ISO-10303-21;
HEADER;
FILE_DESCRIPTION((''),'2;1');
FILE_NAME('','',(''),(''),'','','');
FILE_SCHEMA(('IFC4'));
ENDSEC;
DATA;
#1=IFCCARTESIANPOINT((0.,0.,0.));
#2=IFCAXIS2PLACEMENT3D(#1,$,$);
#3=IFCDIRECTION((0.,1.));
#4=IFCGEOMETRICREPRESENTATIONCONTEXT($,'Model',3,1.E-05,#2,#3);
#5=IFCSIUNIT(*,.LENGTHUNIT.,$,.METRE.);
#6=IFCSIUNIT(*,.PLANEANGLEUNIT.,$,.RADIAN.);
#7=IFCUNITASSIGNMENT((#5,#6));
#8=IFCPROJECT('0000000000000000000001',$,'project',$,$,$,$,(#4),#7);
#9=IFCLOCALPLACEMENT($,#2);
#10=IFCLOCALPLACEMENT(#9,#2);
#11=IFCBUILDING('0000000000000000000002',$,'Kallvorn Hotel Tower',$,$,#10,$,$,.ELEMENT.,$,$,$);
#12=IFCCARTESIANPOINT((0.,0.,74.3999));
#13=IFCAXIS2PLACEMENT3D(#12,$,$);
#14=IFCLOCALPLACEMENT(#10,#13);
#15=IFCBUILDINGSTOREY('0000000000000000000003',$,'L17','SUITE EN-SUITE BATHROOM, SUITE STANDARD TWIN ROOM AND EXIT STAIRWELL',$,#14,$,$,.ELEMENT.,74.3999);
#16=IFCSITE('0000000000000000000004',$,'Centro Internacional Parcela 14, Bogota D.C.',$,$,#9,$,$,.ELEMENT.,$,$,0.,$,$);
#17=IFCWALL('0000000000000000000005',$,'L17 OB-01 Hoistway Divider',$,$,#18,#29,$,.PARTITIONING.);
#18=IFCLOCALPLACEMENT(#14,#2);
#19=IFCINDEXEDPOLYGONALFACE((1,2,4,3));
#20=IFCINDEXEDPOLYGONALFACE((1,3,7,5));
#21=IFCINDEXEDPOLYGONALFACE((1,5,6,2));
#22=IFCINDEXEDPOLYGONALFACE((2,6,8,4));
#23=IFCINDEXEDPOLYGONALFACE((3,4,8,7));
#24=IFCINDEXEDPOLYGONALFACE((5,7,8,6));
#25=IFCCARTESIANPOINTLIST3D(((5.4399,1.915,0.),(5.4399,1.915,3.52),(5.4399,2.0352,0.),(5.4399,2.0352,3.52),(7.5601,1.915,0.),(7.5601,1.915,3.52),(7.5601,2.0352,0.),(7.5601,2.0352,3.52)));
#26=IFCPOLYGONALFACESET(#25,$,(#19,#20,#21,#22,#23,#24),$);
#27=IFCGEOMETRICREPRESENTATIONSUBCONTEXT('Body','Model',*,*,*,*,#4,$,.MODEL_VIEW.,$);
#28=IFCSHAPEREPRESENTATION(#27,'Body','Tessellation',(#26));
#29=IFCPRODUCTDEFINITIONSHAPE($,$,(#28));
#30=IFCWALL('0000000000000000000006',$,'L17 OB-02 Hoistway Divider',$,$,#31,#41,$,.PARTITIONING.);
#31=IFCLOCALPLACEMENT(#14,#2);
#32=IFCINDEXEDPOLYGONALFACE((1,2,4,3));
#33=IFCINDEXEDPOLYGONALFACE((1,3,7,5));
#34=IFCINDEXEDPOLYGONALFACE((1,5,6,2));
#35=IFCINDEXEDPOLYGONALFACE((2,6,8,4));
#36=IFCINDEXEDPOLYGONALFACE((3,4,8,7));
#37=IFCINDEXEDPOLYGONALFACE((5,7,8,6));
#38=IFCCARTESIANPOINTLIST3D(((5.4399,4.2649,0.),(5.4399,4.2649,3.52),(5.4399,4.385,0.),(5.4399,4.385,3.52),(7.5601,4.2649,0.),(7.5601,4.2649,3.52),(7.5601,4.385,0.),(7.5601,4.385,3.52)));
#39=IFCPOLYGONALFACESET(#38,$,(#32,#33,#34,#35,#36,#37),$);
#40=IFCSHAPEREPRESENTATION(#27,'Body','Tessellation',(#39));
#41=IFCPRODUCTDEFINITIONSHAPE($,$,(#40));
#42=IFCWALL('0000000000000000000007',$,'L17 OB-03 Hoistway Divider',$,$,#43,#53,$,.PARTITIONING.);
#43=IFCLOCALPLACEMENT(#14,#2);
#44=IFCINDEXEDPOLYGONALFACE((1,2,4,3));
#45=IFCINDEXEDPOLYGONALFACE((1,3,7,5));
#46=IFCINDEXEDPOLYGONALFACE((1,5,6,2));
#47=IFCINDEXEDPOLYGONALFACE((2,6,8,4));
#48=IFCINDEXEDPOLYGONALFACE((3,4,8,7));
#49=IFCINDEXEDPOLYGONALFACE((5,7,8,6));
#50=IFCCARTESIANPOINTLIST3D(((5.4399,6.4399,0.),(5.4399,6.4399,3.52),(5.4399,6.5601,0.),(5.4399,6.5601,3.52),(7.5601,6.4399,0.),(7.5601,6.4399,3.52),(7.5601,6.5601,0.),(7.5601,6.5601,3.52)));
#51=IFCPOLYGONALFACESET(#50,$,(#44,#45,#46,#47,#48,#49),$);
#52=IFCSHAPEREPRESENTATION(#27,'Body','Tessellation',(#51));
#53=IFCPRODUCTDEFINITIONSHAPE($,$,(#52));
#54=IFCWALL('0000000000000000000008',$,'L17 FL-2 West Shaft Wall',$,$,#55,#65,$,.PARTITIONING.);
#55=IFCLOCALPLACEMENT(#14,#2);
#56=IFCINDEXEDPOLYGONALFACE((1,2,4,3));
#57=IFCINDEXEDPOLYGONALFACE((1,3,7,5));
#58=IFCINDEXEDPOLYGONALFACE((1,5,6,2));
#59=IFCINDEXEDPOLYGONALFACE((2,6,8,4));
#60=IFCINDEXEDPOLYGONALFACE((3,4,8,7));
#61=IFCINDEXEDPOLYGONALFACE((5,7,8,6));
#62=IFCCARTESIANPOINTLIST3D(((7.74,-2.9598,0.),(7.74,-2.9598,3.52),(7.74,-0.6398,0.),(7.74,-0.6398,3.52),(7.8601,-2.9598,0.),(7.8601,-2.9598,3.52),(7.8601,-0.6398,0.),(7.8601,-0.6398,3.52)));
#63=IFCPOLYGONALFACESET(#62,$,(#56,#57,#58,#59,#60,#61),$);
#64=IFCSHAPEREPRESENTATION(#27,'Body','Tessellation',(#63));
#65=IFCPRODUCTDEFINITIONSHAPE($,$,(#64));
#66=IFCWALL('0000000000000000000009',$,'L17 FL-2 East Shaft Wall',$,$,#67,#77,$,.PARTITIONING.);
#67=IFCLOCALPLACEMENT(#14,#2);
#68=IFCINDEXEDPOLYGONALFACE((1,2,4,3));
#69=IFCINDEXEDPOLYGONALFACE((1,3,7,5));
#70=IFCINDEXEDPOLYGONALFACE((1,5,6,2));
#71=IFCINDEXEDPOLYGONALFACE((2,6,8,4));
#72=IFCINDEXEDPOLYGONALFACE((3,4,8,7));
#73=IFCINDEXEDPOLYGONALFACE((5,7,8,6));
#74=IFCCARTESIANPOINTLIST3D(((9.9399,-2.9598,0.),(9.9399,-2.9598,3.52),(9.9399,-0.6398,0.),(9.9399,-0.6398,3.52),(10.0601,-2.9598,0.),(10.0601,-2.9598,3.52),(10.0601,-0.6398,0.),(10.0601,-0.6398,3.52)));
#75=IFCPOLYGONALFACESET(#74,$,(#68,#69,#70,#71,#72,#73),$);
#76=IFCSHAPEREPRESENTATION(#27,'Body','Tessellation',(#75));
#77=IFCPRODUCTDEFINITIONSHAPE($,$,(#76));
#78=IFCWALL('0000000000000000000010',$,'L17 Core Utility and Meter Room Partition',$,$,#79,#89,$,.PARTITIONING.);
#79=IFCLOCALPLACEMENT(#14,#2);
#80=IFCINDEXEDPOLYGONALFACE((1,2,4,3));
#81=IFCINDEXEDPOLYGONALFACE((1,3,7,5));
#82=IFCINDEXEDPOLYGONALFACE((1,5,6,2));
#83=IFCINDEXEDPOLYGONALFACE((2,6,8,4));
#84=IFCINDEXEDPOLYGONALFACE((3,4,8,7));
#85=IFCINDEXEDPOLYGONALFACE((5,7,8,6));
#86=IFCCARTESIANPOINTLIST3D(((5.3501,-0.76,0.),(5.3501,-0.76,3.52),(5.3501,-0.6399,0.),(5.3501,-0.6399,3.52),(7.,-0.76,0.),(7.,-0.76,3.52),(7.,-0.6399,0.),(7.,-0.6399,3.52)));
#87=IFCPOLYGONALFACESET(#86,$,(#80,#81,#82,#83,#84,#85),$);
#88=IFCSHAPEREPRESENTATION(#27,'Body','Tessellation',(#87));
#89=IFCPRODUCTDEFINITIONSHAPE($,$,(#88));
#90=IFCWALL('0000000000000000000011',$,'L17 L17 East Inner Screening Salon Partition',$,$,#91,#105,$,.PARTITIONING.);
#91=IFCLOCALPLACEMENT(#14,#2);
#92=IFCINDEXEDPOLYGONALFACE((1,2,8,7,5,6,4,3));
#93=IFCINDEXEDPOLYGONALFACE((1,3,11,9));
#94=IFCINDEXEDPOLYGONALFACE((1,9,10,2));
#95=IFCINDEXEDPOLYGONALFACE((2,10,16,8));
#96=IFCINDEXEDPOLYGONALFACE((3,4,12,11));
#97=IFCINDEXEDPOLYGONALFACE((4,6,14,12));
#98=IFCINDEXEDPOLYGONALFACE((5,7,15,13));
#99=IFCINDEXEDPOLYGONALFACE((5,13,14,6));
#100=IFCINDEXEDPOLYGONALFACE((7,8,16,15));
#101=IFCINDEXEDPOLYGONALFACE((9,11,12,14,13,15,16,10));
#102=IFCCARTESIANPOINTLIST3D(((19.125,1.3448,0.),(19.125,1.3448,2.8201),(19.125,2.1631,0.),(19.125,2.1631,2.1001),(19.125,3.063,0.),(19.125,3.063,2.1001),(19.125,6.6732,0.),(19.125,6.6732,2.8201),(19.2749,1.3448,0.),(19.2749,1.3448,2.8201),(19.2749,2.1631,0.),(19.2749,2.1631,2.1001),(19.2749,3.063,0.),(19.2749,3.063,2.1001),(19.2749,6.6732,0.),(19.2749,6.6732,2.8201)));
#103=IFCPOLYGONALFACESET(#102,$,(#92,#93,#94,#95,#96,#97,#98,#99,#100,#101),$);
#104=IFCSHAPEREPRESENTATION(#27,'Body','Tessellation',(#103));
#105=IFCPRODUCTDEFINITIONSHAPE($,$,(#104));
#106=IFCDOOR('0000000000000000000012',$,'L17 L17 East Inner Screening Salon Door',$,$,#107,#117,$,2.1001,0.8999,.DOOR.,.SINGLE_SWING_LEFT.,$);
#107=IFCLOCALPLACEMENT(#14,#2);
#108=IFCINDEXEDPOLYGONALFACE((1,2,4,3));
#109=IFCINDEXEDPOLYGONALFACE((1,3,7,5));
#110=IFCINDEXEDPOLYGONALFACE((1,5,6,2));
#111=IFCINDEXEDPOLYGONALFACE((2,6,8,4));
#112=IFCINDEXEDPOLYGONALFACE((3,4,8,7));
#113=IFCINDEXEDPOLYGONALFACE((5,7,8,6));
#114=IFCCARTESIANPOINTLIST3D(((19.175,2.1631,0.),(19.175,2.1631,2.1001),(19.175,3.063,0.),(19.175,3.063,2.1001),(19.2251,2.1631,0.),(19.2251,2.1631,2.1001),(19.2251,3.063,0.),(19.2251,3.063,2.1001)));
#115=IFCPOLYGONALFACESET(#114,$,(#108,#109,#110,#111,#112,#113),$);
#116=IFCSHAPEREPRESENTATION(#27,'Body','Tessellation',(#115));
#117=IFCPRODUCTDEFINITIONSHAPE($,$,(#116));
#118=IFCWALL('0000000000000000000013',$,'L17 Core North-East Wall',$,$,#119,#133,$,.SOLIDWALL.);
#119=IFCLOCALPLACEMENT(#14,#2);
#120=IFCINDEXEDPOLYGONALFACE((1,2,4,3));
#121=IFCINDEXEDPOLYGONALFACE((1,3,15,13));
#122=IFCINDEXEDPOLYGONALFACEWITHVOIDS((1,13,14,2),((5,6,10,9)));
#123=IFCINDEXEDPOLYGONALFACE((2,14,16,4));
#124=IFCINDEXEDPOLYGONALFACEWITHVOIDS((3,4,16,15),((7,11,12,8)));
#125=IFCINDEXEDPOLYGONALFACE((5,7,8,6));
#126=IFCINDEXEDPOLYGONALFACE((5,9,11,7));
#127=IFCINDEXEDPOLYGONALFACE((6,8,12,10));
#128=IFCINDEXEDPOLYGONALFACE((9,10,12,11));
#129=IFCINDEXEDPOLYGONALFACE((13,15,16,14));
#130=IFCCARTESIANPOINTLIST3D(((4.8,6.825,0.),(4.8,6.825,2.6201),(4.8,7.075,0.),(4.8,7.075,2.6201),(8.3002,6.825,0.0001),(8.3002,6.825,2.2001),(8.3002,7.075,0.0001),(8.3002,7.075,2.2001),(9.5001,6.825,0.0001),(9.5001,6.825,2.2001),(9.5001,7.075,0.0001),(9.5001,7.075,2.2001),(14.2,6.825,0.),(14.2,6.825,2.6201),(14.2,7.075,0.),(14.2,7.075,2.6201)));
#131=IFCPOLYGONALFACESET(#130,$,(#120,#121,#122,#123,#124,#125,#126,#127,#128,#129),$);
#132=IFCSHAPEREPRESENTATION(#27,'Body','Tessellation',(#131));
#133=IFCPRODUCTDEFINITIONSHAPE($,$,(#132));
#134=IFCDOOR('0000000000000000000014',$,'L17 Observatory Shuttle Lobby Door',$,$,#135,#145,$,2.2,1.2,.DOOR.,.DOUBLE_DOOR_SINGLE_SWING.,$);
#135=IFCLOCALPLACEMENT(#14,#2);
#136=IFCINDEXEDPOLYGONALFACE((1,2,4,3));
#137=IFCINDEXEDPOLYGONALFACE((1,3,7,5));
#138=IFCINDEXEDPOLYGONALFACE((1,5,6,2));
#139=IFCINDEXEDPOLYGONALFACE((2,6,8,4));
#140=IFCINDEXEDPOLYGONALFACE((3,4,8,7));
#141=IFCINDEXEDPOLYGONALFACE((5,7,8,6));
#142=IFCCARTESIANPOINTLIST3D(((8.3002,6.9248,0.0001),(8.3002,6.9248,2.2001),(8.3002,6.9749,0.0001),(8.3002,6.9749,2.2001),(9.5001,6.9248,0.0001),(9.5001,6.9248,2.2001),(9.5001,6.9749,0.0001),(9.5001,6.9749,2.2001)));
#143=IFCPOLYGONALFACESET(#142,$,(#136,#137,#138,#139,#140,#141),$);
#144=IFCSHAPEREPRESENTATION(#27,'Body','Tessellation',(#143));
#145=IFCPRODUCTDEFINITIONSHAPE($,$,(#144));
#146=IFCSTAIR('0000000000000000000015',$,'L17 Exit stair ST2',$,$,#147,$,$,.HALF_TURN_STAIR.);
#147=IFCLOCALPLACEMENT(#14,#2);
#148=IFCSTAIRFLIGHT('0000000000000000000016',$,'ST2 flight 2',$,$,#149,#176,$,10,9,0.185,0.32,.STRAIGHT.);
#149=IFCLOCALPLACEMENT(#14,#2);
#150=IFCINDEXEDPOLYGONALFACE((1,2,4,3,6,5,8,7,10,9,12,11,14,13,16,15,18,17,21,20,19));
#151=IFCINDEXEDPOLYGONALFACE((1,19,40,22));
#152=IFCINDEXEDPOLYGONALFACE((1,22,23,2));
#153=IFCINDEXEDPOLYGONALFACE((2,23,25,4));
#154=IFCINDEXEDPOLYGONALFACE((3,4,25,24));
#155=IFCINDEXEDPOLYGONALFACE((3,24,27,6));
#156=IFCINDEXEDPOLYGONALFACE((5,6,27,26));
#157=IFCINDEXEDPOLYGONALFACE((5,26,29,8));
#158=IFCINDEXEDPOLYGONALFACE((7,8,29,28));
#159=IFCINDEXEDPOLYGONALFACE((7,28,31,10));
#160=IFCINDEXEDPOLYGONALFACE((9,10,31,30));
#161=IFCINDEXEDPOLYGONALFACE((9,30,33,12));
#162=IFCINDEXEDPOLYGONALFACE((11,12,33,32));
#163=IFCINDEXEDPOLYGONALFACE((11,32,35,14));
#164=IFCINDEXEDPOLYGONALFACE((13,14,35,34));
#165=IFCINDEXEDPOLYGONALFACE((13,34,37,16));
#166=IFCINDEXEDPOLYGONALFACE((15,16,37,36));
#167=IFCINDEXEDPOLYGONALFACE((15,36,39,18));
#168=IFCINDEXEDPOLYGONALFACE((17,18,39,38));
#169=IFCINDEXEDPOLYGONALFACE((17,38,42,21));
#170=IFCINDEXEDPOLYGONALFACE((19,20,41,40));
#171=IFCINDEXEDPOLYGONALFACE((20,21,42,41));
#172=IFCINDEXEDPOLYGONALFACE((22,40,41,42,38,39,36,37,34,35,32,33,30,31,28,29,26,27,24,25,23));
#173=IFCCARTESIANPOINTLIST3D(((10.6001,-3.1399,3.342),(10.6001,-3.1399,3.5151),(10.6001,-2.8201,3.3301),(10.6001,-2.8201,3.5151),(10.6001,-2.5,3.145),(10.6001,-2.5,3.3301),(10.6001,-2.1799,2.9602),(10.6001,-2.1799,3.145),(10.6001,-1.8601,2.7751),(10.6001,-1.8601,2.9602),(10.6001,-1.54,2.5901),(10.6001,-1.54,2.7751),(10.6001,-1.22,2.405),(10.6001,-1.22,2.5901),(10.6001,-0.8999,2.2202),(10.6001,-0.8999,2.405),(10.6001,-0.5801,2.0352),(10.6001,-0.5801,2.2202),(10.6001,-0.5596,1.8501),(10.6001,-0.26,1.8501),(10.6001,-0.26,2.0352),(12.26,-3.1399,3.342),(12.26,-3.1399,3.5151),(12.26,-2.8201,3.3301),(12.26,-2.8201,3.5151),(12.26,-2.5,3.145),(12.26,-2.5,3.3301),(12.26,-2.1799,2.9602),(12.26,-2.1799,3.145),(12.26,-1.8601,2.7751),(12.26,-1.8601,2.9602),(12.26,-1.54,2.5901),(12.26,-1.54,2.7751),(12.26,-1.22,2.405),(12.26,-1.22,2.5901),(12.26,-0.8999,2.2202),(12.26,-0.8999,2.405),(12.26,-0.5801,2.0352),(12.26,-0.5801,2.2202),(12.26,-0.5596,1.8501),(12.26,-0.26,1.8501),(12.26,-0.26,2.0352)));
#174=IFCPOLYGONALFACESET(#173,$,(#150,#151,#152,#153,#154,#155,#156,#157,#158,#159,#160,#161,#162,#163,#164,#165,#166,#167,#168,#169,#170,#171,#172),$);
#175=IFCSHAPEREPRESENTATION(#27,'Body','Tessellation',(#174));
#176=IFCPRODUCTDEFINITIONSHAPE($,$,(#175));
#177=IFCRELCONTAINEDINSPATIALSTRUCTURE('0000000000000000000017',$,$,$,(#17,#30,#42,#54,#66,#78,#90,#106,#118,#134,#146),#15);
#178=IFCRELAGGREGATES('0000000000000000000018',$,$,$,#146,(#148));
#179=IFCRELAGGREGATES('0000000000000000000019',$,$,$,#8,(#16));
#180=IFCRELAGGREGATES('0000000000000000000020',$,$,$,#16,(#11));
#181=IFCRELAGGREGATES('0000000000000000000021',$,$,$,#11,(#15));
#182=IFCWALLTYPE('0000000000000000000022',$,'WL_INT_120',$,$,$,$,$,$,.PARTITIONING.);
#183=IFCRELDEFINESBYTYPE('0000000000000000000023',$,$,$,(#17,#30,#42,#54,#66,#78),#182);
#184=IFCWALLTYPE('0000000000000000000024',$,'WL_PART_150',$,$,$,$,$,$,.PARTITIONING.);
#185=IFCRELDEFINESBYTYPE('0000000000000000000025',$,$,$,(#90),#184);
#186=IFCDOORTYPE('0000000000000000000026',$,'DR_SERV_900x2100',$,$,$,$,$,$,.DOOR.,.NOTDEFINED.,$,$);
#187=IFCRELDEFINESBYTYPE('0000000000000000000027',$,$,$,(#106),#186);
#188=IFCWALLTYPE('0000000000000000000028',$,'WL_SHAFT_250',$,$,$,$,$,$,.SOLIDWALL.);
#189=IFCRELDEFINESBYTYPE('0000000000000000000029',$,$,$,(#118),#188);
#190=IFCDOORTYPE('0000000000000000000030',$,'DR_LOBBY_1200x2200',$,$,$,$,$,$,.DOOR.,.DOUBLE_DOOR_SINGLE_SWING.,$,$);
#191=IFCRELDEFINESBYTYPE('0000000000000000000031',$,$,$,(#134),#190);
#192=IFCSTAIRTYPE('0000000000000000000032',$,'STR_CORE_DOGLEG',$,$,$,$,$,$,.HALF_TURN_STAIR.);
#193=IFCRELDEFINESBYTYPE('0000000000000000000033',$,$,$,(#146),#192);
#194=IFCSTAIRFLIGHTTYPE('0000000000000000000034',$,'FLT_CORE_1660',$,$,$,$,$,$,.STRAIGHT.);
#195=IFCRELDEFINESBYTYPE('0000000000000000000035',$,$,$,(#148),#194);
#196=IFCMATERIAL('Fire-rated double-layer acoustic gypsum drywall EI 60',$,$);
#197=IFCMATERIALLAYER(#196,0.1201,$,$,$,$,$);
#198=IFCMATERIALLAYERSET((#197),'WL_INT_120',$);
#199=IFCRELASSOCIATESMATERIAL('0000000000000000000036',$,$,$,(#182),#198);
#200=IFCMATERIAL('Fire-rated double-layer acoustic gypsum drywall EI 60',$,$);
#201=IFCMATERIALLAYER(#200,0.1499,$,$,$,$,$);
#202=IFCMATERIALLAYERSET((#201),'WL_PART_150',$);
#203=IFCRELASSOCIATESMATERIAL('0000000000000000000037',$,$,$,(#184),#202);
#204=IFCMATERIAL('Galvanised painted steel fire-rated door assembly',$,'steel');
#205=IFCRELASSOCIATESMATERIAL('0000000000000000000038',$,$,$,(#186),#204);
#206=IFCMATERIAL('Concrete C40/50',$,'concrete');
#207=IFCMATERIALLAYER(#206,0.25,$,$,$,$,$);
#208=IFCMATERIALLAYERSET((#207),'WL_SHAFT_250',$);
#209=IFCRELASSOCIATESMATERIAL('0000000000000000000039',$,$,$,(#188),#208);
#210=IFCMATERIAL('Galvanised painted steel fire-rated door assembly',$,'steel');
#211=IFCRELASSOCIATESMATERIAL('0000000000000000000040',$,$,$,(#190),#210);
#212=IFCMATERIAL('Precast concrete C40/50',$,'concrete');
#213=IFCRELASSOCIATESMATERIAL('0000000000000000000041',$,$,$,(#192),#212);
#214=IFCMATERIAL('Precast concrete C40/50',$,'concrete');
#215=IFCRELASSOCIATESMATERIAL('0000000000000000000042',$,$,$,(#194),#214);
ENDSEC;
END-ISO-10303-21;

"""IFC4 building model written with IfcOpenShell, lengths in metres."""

from ifc_helpers import new_model, si_unit, direction, frame, frame_2d, origin, place, context, subcontext, project, spatial, polyline, rectangle, outline, extrude, material, layer, layer_set, type_object, element, fill, aggregate, save


model = new_model("IFC4")

# Units and contexts
model_context = context("Model", 3, precision=1e-05, world=origin(), true_north=direction((0.0, 1.0)))
body_context = subcontext(model_context, "Body", "Model", "MODEL_VIEW")
ifc_project = project(units=[si_unit("LENGTHUNIT", "METRE"), si_unit("PLANEANGLEUNIT", "RADIAN")], contexts=[model_context])

# Site, building, storey
site_placement = place(None, origin())
site = spatial("IfcSite", under=ifc_project, at=site_placement, Name="Centro Internacional Parcela 14, Bogota D.C.", CompositionType="ELEMENT", RefElevation=0.0)
building_placement = place(site_placement, origin())
building = spatial("IfcBuilding", under=site, at=building_placement, Name="Kallvorn Hotel Tower", CompositionType="ELEMENT")
storey_placement = place(building_placement, frame((0.0, 0.0, 74.3999)))
storey = spatial("IfcBuildingStorey", under=building, at=storey_placement, Name="L17", Description="SUITE EN-SUITE BATHROOM, SUITE STANDARD TWIN ROOM AND EXIT STAIRWELL", CompositionType="ELEMENT", Elevation=74.3999)

# Walls
ifc_material_1 = material(Name="Fire-rated double-layer acoustic gypsum drywall EI 60")
ifc_layer_1 = layer(ifc_material_1, 0.1201)
ifc_layer_set_1 = layer_set([ifc_layer_1], Name="WL_INT_120")
wall_type_1 = type_object("IfcWallType", Name="WL_INT_120", PredefinedType="PARTITIONING", material=ifc_layer_set_1)
for number, where, z_axis, x_axis, name in (
    (1, (5.4399, 1.9751, 0.0), (0.0, 0.0, 1.0), (1.0, 0.0, 0.0), "L17 OB-01 Hoistway Divider"),
    (2, (5.4399, 4.325, 0.0), (0.0, 0.0, 1.0), (1.0, 0.0, 0.0), "L17 OB-02 Hoistway Divider"),
    (3, (5.4399, 6.5, 0.0), (0.0, 0.0, 1.0), (1.0, 0.0, 0.0), "L17 OB-03 Hoistway Divider"),
):
    element("IfcWall", number, at=place(storey_placement, frame(where, z_axis=z_axis, x_axis=x_axis)), inside=storey, type_object=wall_type_1, Name=name, PredefinedType="PARTITIONING", context=body_context, shape_type="SweptSolid", body=[
        extrude(rectangle(XDim=2.1201, YDim=0.1201, at=frame_2d((1.0601, 0.0))), origin(), (0.0, 0.0, 1.0), 3.52),
    ])
for number, where, z_axis, x_axis, name in (
    (4, (7.8, -2.96, 0.0), (0.0, 0.0, 1.0), (0.0, 1.0, 0.0), "L17 FL-2 West Shaft Wall"),
    (5, (10.0, -2.96, 0.0), (0.0, 0.0, 1.0), (0.0, 1.0, 0.0), "L17 FL-2 East Shaft Wall"),
):
    element("IfcWall", number, at=place(storey_placement, frame(where, z_axis=z_axis, x_axis=x_axis)), inside=storey, type_object=wall_type_1, Name=name, PredefinedType="PARTITIONING", context=body_context, shape_type="SweptSolid", body=[
        extrude(rectangle(XDim=2.3201, YDim=0.1201, at=frame_2d((1.1602, 0.0))), origin(), (0.0, 0.0, 1.0), 3.52),
    ])
wall_1_placement = place(storey_placement, frame((5.3501, -0.7, 0.0), z_axis=(0.0, 0.0, 1.0), x_axis=(1.0, 0.0, 0.0)))
element("IfcWall", 6, at=wall_1_placement, inside=storey, type_object=wall_type_1, Name="L17 Core Utility and Meter Room Partition", PredefinedType="PARTITIONING", context=body_context, shape_type="SweptSolid", body=[
    extrude(rectangle(XDim=1.6499, YDim=0.1201, at=frame_2d((0.825, 0.0))), origin(), (0.0, 0.0, 1.0), 3.52),
])

# Walls, openings, doors
ifc_material_2 = material(Name="Fire-rated double-layer acoustic gypsum drywall EI 60")
ifc_layer_2 = layer(ifc_material_2, 0.1499)
ifc_layer_set_2 = layer_set([ifc_layer_2], Name="WL_PART_150")
wall_type_2 = type_object("IfcWallType", Name="WL_PART_150", PredefinedType="PARTITIONING", material=ifc_layer_set_2)
wall_2_placement = place(storey_placement, frame((19.2, 1.345, 0.0), z_axis=(0.0, 0.0, 1.0), x_axis=(0.0, 1.0, 0.0)))
wall_2 = element("IfcWall", 7, at=wall_2_placement, inside=storey, type_object=wall_type_2, Name="L17 L17 East Inner Screening Salon Partition", PredefinedType="PARTITIONING", context=body_context, shape_type="SweptSolid", body=[
    extrude(rectangle(XDim=5.3284, YDim=0.1499, at=frame_2d((2.6641, 0.0))), origin(), (0.0, 0.0, 1.0), 2.8201),
])
opening_1_placement = place(wall_2_placement, frame((0.8181, 0.0, 0.0)))
opening_1 = element("IfcOpeningElement", 8, at=opening_1_placement, cuts=wall_2, PredefinedType="OPENING", context=body_context, shape_type="SweptSolid", body=[
    extrude(rectangle(XDim=0.8999, YDim=2.1001, at=frame_2d((0.45, 1.05))), frame((0.0, 0.0898, 0.0), z_axis=(0.0, -1.0, 0.0), x_axis=(1.0, 0.0, 0.0)), (0.0, 0.0, 1.0), 0.1799),
])
ifc_material_3 = material(Name="Galvanised painted steel fire-rated door assembly", Category="steel")
door_type_1 = type_object("IfcDoorType", Name="DR_SERV_900x2100", OperationType="NOTDEFINED", PredefinedType="DOOR", material=ifc_material_3)
door_1_placement = place(opening_1_placement, origin())
door_1 = element("IfcDoor", 9, at=door_1_placement, inside=storey, type_object=door_type_1, Name="L17 L17 East Inner Screening Salon Door", OperationType="SINGLE_SWING_LEFT", OverallHeight=2.1001, OverallWidth=0.8999, PredefinedType="DOOR", context=body_context, shape_type="SweptSolid", body=[
    extrude(rectangle(XDim=0.8999, YDim=2.1001, at=frame_2d((0.45, 1.05))), frame((0.0, 0.0249, 0.0), z_axis=(0.0, -1.0, 0.0), x_axis=(1.0, 0.0, 0.0)), (0.0, 0.0, 1.0), 0.05),
])
fill(opening_1, door_1)
ifc_material_4 = material(Name="Concrete C40/50", Category="concrete")
ifc_layer_3 = layer(ifc_material_4, 0.25)
ifc_layer_set_3 = layer_set([ifc_layer_3], Name="WL_SHAFT_250")
wall_type_3 = type_object("IfcWallType", Name="WL_SHAFT_250", PredefinedType="SOLIDWALL", material=ifc_layer_set_3)
wall_3_placement = place(storey_placement, frame((4.8, 6.95, 0.0), z_axis=(0.0, 0.0, 1.0), x_axis=(1.0, 0.0, 0.0)))
wall_3 = element("IfcWall", 10, at=wall_3_placement, inside=storey, type_object=wall_type_3, Name="L17 Core North-East Wall", PredefinedType="SOLIDWALL", context=body_context, shape_type="SweptSolid", body=[
    extrude(rectangle(XDim=9.3999, YDim=0.25, at=frame_2d((4.7, 0.0))), origin(), (0.0, 0.0, 1.0), 2.6201),
])
opening_2_placement = place(wall_3_placement, frame((3.5, 0.0, 0.0)))
opening_2 = element("IfcOpeningElement", 11, at=opening_2_placement, cuts=wall_3, PredefinedType="OPENING", context=body_context, shape_type="SweptSolid", body=[
    extrude(rectangle(XDim=1.2, YDim=2.2, at=frame_2d((0.6001, 1.1001))), frame((0.0, 0.1399, 0.0), z_axis=(0.0, -1.0, 0.0), x_axis=(1.0, 0.0, 0.0)), (0.0, 0.0, 1.0), 0.28),
])
ifc_material_5 = material(Name="Galvanised painted steel fire-rated door assembly", Category="steel")
door_type_2 = type_object("IfcDoorType", Name="DR_LOBBY_1200x2200", OperationType="DOUBLE_DOOR_SINGLE_SWING", PredefinedType="DOOR", material=ifc_material_5)
door_2_placement = place(opening_2_placement, origin())
door_2 = element("IfcDoor", 12, at=door_2_placement, inside=storey, type_object=door_type_2, Name="L17 Observatory Shuttle Lobby Door", OperationType="DOUBLE_DOOR_SINGLE_SWING", OverallHeight=2.2, OverallWidth=1.2, PredefinedType="DOOR", context=body_context, shape_type="SweptSolid", body=[
    extrude(rectangle(XDim=1.2, YDim=2.2, at=frame_2d((0.6001, 1.1001))), frame((0.0, 0.0249, 0.0), z_axis=(0.0, -1.0, 0.0), x_axis=(1.0, 0.0, 0.0)), (0.0, 0.0, 1.0), 0.05),
])
fill(opening_2, door_2)

# Stair, stair flight
ifc_material_6 = material(Name="Precast concrete C40/50", Category="concrete")
stair_type = type_object("IfcStairType", Name="STR_CORE_DOGLEG", PredefinedType="HALF_TURN_STAIR", material=ifc_material_6)
stair_1_placement = place(storey_placement, origin())
stair_1 = element("IfcStair", 13, at=stair_1_placement, inside=storey, type_object=stair_type, Name="L17 Exit stair ST2", PredefinedType="HALF_TURN_STAIR")
ifc_material_7 = material(Name="Precast concrete C40/50", Category="concrete")
stair_flight_type = type_object("IfcStairFlightType", Name="FLT_CORE_1660", PredefinedType="STRAIGHT", material=ifc_material_7)
stair_flight_1_placement = place(storey_placement, frame((11.4299, -0.26, 1.8501), z_axis=(0.0, 0.0, 1.0), x_axis=(0.0, -1.0, 0.0)))
stair_flight_1 = element("IfcStairFlight", 14, at=stair_flight_1_placement, type_object=stair_flight_type, Name="ST2 flight 2", NumberOfRisers=10, NumberOfTreads=9, PredefinedType="STRAIGHT", RiserHeight=0.185, TreadLength=0.32, context=body_context, shape_type="SweptSolid", body=[
    extrude(outline(polyline([(0.0, 0.0), (0.0, 0.1851), (0.3201, 0.1851), (0.3201, 0.3701), (0.6399, 0.3701), (0.6399, 0.5549), (0.96, 0.5549), (0.96, 0.74), (1.28, 0.74), (1.28, 0.925), (1.6001, 0.925), (1.6001, 1.1101), (1.9199, 1.1101), (1.9199, 1.2949), (2.24, 1.2949), (2.24, 1.48), (2.5601, 1.48), (2.5601, 1.665), (2.8799, 1.665), (2.8799, 1.8501), (2.8799, 1.4919), (0.2996, 0.0), (0.0, 0.0)])), frame((0.0, 0.8301, 0.0), z_axis=(0.0, -1.0, 0.0), x_axis=(1.0, 0.0, 0.0)), (0.0, 0.0, 1.0), 1.6599),
])
aggregate(stair_1, [stair_flight_1])

save(model, "model.ifc")
